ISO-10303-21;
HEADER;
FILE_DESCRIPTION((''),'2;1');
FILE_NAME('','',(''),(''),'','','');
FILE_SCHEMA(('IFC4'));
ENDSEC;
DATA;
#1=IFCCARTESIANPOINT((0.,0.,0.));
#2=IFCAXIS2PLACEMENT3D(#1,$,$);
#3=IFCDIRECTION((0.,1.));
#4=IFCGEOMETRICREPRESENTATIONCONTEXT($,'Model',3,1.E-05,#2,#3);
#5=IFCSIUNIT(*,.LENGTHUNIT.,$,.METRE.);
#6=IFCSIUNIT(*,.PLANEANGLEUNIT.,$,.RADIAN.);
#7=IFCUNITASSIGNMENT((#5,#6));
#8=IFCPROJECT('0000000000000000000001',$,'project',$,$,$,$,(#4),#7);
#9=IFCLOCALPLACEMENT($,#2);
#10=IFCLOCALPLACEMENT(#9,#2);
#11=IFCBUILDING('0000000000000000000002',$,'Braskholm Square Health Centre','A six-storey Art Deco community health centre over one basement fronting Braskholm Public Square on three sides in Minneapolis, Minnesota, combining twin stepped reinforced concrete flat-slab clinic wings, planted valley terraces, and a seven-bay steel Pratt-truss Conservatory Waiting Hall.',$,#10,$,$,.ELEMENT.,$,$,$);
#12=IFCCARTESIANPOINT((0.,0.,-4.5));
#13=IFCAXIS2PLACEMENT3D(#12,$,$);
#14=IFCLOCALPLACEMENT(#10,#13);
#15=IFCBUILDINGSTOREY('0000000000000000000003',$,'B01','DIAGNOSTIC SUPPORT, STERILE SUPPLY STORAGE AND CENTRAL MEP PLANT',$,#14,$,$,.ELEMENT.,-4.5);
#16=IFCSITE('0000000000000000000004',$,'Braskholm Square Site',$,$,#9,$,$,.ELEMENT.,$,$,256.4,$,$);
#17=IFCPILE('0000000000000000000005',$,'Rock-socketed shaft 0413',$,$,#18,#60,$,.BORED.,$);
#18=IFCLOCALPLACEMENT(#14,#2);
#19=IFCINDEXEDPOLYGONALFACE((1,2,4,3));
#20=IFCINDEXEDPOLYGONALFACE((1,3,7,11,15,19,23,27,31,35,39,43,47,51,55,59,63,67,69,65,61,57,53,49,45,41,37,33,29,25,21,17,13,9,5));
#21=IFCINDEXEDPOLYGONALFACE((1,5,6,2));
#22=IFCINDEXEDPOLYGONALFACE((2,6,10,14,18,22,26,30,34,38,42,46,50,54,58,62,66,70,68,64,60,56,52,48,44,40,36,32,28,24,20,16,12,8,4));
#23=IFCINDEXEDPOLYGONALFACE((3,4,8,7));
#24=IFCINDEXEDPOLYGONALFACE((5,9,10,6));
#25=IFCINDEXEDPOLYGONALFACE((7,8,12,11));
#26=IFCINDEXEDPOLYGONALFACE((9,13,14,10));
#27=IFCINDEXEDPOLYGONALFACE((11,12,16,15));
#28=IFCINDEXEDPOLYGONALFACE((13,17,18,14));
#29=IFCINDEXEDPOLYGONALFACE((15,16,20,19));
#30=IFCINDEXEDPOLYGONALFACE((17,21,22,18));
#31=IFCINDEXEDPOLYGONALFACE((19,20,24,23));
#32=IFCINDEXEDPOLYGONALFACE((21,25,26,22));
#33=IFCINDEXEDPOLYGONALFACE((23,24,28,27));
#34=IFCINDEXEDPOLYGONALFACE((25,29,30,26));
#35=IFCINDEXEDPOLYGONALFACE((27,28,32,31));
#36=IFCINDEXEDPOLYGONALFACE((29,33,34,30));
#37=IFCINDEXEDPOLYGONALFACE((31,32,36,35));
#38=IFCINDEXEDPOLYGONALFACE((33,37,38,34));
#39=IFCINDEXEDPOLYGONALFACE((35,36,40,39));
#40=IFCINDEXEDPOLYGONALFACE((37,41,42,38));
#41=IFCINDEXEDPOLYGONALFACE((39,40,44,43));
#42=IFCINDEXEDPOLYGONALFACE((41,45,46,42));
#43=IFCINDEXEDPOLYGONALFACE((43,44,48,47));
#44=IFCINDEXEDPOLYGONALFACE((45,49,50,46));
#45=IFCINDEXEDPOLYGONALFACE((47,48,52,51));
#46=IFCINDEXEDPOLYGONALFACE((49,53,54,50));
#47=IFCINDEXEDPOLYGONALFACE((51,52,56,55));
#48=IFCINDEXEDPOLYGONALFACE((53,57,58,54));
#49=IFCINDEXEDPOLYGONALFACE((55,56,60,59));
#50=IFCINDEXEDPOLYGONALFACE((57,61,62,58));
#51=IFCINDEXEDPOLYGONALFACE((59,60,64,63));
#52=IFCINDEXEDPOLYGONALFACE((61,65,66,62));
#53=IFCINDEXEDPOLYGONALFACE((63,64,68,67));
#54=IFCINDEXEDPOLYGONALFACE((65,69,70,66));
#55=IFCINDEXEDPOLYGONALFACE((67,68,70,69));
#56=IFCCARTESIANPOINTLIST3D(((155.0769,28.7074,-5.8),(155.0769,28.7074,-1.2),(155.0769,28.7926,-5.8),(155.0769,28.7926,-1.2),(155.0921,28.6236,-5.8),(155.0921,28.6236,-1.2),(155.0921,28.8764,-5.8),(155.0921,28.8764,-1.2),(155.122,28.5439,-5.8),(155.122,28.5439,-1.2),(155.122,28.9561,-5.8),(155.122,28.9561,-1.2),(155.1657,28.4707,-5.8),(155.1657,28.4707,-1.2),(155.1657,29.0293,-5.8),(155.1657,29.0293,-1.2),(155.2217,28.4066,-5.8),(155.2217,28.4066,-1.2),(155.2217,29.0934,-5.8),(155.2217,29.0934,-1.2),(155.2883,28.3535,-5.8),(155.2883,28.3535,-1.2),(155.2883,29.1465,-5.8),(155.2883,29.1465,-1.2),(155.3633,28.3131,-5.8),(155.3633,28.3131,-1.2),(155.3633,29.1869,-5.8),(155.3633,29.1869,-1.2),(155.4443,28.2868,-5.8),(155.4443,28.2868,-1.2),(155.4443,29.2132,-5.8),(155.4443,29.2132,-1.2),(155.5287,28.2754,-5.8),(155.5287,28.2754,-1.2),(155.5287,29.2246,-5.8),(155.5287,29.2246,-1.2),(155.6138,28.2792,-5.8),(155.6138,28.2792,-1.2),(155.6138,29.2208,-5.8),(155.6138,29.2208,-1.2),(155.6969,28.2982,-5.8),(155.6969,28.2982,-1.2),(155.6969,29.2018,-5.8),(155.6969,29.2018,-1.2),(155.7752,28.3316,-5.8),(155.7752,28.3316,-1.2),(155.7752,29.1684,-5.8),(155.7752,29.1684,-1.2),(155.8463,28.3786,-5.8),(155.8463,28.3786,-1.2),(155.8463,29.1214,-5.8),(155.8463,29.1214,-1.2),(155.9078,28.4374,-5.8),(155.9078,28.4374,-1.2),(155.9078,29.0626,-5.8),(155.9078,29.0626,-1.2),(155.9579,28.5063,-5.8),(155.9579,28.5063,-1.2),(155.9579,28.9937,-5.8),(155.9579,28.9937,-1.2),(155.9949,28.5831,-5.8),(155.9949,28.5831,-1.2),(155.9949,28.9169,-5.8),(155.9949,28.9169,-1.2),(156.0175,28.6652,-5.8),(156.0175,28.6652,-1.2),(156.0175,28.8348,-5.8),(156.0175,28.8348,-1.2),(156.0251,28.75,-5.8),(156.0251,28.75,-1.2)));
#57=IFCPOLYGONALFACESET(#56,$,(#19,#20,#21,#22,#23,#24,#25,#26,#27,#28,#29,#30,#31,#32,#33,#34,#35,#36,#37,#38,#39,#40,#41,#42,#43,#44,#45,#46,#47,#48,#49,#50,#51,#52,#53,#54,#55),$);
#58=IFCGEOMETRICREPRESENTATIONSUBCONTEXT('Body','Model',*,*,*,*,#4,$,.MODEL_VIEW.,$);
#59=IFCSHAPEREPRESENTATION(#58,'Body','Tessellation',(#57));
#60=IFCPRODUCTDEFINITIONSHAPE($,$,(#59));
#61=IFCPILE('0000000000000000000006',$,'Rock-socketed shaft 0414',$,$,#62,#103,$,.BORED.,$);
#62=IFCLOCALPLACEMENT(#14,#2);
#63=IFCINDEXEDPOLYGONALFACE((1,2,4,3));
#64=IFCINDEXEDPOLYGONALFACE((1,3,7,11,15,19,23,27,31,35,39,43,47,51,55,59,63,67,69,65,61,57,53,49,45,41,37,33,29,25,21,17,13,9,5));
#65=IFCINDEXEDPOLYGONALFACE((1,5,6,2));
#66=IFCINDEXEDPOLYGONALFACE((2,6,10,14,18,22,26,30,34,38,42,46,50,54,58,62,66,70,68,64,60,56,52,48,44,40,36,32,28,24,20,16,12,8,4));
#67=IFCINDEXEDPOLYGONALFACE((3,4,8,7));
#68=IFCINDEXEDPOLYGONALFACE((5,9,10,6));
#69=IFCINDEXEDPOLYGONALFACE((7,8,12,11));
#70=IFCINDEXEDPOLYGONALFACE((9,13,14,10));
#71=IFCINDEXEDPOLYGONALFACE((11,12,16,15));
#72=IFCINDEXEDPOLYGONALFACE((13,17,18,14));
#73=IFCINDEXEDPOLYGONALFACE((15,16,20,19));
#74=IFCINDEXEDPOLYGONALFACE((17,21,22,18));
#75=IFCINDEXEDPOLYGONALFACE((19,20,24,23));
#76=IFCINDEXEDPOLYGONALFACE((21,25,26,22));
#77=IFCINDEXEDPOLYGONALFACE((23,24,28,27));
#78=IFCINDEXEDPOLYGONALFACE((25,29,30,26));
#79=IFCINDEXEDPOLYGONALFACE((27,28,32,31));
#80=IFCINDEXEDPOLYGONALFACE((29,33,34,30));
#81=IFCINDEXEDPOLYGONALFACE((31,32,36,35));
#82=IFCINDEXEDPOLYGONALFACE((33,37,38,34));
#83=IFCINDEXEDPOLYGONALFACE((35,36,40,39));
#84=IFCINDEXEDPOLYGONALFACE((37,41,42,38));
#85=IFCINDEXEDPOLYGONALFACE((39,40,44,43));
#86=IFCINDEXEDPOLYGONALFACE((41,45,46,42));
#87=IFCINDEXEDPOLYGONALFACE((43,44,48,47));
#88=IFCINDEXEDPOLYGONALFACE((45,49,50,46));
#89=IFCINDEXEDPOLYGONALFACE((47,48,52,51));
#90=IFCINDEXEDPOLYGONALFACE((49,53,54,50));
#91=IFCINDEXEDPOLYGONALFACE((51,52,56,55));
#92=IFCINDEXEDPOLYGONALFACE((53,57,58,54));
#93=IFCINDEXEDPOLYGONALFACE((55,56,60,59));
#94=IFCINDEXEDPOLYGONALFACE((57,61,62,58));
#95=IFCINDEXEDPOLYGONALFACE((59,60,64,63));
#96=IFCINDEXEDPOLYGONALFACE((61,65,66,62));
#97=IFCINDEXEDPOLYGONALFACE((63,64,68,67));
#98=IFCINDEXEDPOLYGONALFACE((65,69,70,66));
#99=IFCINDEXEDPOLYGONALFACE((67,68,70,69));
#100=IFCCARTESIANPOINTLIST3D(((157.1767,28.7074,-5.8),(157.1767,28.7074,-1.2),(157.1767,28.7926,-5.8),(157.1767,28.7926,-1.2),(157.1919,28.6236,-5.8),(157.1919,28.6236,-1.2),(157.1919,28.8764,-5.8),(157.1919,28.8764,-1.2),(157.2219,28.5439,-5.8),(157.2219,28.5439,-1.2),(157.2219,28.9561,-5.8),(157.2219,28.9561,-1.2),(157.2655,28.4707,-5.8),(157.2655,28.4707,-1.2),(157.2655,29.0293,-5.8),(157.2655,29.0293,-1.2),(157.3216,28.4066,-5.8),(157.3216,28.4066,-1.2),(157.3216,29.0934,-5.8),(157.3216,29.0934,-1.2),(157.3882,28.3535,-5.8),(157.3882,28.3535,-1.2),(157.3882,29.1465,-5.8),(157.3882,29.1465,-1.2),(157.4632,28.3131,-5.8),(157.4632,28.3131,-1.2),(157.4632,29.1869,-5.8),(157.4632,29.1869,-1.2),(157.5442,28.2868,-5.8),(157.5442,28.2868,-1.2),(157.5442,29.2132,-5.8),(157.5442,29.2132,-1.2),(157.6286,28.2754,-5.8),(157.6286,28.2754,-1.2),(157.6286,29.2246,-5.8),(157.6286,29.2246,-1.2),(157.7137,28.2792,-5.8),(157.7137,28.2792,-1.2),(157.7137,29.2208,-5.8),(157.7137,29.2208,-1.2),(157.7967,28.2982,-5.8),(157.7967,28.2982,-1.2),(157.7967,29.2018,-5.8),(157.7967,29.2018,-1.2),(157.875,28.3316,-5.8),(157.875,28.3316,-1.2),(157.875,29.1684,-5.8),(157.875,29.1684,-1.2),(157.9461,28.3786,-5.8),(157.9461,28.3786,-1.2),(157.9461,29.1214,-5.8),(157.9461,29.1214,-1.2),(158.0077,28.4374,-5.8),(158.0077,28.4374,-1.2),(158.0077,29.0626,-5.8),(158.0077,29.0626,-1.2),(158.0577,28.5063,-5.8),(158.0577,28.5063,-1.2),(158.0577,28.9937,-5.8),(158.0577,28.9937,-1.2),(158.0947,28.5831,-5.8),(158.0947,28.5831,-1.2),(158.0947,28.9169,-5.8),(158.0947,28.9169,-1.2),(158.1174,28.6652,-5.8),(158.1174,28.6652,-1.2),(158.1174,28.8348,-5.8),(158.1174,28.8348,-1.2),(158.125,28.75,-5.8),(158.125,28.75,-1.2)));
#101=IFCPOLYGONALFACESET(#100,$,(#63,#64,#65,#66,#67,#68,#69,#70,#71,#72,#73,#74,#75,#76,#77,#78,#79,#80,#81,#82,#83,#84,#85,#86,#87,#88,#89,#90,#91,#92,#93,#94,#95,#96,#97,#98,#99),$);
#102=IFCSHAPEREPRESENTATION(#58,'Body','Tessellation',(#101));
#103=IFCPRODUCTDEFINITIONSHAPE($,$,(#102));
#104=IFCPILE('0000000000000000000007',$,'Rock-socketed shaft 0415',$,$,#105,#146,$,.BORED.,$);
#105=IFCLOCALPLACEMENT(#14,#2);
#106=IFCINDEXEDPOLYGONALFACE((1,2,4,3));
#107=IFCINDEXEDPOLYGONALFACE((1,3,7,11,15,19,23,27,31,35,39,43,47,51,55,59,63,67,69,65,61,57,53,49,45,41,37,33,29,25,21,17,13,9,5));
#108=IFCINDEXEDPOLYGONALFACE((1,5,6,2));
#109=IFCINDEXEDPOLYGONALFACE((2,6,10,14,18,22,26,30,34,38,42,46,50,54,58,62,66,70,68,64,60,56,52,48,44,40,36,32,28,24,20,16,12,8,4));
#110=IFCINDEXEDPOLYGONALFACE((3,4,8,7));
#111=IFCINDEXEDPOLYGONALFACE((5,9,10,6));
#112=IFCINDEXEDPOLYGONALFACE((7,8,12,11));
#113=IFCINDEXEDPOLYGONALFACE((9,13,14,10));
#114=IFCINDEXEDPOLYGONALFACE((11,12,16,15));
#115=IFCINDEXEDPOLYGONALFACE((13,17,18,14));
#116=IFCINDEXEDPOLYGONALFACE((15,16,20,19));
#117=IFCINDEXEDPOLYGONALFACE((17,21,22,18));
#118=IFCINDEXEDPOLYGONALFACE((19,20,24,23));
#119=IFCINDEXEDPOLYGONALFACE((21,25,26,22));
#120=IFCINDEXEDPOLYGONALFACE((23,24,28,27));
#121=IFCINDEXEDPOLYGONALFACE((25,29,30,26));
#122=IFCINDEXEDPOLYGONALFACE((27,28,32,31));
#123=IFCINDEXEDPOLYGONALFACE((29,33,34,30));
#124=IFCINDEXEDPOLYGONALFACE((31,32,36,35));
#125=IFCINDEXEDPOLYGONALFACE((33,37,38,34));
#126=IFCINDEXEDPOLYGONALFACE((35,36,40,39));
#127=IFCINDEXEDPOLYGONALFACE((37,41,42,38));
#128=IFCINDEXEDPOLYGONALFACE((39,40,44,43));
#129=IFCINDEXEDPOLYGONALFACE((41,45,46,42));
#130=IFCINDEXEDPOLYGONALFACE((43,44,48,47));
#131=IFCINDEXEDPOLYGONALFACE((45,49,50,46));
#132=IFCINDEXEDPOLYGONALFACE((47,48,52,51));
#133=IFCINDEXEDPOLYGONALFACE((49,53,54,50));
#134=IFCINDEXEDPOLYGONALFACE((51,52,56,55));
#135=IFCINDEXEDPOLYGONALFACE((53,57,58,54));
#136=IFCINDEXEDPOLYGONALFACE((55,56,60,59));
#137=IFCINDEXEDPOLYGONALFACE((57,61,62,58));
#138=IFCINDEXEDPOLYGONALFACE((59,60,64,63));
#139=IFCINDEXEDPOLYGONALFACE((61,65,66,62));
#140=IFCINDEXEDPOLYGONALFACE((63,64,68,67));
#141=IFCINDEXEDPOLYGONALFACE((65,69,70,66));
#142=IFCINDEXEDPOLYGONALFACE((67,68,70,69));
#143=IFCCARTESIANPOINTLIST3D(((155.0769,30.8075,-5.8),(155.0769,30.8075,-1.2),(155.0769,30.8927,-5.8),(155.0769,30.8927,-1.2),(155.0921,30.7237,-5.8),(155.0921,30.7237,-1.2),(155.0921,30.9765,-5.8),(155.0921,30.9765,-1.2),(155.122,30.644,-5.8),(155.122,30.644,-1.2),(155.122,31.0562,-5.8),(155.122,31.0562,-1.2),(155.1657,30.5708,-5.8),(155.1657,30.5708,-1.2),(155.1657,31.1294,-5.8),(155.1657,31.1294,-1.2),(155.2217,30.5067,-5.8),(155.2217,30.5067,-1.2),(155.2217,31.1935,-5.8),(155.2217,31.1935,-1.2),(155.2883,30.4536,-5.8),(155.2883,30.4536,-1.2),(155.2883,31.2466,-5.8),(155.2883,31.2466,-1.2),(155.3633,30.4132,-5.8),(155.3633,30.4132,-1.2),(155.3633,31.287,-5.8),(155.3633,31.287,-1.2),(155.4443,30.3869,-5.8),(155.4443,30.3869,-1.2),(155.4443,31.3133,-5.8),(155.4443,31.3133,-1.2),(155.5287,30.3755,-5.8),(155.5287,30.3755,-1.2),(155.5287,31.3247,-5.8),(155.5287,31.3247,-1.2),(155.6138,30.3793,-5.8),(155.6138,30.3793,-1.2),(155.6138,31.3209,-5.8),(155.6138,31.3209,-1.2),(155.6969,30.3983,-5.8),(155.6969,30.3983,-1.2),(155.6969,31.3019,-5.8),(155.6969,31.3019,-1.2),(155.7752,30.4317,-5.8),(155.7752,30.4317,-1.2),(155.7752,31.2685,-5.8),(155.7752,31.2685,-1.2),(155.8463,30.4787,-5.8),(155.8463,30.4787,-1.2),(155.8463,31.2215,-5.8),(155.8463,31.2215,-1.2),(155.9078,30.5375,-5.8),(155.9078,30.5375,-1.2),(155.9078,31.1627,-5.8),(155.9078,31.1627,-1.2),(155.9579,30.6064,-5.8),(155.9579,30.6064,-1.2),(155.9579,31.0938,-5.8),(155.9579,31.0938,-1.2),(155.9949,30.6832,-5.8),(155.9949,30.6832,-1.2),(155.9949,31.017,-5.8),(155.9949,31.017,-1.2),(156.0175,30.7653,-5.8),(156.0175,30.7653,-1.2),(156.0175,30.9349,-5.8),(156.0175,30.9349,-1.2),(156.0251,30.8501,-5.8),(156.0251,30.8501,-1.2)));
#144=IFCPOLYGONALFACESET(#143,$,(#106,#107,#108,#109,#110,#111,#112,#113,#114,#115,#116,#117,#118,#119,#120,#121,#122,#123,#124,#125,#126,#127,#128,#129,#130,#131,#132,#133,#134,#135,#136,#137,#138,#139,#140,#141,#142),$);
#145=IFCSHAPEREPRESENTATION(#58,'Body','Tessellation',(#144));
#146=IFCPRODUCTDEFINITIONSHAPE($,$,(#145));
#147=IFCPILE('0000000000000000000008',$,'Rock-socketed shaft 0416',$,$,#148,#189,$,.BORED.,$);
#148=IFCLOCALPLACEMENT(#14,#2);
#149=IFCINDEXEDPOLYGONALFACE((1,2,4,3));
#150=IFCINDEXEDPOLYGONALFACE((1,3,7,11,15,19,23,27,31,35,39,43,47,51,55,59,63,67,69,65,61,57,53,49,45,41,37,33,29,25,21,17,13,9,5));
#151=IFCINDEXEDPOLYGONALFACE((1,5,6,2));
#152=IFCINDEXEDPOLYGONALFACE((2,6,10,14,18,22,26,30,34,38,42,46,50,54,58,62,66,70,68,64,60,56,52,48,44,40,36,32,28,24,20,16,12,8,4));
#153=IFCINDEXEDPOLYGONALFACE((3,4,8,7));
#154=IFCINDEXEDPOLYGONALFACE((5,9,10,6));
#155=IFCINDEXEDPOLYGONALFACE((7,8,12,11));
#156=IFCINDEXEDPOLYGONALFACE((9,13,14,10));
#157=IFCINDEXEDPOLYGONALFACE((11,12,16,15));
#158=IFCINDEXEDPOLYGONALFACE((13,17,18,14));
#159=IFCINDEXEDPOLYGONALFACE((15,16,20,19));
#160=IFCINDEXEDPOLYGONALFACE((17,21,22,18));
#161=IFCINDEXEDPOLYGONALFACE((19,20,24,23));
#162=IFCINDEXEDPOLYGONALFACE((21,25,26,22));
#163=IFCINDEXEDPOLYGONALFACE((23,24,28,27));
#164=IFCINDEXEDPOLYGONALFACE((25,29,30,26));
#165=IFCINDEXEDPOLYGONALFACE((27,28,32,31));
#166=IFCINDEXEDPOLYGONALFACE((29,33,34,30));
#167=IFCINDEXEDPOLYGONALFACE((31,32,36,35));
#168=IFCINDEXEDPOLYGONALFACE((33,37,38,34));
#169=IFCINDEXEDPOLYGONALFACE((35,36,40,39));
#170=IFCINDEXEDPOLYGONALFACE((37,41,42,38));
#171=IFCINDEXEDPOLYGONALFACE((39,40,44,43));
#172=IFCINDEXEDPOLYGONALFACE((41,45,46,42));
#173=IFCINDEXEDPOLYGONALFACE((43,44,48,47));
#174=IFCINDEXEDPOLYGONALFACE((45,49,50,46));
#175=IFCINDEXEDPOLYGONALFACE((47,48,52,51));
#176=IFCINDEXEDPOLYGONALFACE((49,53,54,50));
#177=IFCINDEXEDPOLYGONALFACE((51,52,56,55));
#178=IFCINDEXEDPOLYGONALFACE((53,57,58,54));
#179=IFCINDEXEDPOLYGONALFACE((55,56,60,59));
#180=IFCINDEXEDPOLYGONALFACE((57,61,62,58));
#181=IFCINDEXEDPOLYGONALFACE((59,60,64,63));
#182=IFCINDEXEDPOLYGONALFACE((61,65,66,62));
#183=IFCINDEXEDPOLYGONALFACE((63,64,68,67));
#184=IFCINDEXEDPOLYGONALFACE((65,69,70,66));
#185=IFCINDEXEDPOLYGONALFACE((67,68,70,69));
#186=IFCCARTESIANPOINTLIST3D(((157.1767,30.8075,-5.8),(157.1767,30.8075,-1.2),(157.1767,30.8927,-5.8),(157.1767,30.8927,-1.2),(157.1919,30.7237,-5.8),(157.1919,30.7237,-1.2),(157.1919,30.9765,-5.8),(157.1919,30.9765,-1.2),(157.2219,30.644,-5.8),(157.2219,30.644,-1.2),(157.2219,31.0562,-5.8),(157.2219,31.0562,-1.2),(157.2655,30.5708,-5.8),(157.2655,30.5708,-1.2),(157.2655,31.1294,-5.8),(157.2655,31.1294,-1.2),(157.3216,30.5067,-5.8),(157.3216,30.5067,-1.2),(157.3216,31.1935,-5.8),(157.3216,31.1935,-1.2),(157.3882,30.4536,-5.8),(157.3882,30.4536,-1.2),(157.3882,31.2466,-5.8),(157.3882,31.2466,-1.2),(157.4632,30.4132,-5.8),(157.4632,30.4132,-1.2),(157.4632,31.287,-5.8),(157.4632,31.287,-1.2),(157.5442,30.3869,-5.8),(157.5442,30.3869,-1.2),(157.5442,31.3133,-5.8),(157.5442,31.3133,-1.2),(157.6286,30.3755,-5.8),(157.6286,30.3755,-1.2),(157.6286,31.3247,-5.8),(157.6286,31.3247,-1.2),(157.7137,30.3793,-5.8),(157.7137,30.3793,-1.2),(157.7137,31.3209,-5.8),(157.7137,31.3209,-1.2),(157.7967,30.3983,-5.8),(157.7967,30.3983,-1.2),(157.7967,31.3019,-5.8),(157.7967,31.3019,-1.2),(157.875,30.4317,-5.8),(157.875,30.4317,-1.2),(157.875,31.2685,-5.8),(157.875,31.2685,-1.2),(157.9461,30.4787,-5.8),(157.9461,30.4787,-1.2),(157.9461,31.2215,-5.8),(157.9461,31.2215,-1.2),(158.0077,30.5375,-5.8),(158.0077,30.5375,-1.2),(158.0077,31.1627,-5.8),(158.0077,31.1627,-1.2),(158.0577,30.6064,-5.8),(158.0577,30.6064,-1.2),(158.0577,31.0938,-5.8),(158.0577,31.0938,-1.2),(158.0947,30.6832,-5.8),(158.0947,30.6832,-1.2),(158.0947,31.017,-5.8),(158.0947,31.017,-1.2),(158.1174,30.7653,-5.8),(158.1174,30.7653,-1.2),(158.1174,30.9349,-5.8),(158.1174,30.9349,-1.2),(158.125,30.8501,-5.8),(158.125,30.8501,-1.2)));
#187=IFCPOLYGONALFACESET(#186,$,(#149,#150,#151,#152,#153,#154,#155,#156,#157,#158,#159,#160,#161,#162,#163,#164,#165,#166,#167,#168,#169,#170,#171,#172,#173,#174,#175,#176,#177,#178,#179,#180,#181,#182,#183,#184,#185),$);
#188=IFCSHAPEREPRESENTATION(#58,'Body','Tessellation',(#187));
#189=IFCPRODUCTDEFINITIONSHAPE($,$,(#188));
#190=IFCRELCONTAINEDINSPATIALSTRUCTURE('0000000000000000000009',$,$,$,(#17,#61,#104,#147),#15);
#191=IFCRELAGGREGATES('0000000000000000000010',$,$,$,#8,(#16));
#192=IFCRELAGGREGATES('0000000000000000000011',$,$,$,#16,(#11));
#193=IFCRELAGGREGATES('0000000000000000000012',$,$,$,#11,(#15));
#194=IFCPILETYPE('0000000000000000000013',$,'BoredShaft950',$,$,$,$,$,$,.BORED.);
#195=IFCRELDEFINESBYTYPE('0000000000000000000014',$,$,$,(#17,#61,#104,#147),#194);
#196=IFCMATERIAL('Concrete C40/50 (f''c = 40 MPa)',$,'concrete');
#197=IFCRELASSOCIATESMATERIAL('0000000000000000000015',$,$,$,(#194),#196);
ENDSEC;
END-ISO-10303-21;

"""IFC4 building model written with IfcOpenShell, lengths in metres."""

from ifc_helpers import new_model, si_unit, direction, frame, origin, origin_2d, place, context, subcontext, project, spatial, circle, extrude, material, material_profile, profile_set, type_object, element, save


model = new_model("IFC4")

# Units and contexts
model_context = context("Model", 3, precision=1e-05, world=origin(), true_north=direction((0.0, 1.0)))
body_context = subcontext(model_context, "Body", "Model", "MODEL_VIEW")
ifc_project = project(units=[si_unit("LENGTHUNIT", "METRE"), si_unit("PLANEANGLEUNIT", "RADIAN")], contexts=[model_context])

# Site, building, storey
site_placement = place(None, origin())
site = spatial("IfcSite", under=ifc_project, at=site_placement, Name="Braskholm Square Site", CompositionType="ELEMENT", RefElevation=256.4)
building_placement = place(site_placement, origin())
building = spatial("IfcBuilding", under=site, at=building_placement, Name="Braskholm Square Health Centre", Description="A six-storey Art Deco community health centre over one basement fronting Braskholm Public Square on three sides in Minneapolis, Minnesota, combining twin stepped reinforced concrete flat-slab clinic wings, planted valley terraces, and a seven-bay steel Pratt-truss Conservatory Waiting Hall.", CompositionType="ELEMENT")
storey_placement = place(building_placement, frame((0.0, 0.0, -4.5)))
storey = spatial("IfcBuildingStorey", under=building, at=storey_placement, Name="B01", Description="DIAGNOSTIC SUPPORT, STERILE SUPPLY STORAGE AND CENTRAL MEP PLANT", CompositionType="ELEMENT", Elevation=-4.5)

# Piles
ifc_material_1 = material(Name="Concrete C40/50 (f'c = 40 MPa)", Category="concrete")
ifc_material_profile_1 = material_profile(ifc_material_1, circle(Radius=0.4751, at=origin_2d()), Name="BORED-PILE-950")
ifc_profile_set_1 = profile_set([ifc_material_profile_1], Name="Concrete C40/50 (f'c = 40 MPa)")
pile_type_1 = type_object("IfcPileType", Name="BoredShaft950", PredefinedType="BORED", material=ifc_profile_set_1)
for number, where, z_axis, x_axis, name in (
    (1, (155.55, 28.75, -1.2), (0.0, 0.0, -1.0), (1.0, 0.0, 0.0), "Rock-socketed shaft 0413"),
    (2, (157.6499, 28.75, -1.2), (0.0, 0.0, -1.0), (1.0, 0.0, 0.0), "Rock-socketed shaft 0414"),
    (3, (155.55, 30.8501, -1.2), (0.0, 0.0, -1.0), (1.0, 0.0, 0.0), "Rock-socketed shaft 0415"),
    (4, (157.6499, 30.8501, -1.2), (0.0, 0.0, -1.0), (1.0, 0.0, 0.0), "Rock-socketed shaft 0416"),
):
    element("IfcPile", number, at=place(storey_placement, frame(where, z_axis=z_axis, x_axis=x_axis)), inside=storey, type_object=pile_type_1, Name=name, PredefinedType="BORED", context=body_context, shape_type="SweptSolid", body=[
        extrude(circle(Radius=0.4751, at=origin_2d()), origin(), (0.0, 0.0, 1.0), 4.6001),
    ])

save(model, "model.ifc")
